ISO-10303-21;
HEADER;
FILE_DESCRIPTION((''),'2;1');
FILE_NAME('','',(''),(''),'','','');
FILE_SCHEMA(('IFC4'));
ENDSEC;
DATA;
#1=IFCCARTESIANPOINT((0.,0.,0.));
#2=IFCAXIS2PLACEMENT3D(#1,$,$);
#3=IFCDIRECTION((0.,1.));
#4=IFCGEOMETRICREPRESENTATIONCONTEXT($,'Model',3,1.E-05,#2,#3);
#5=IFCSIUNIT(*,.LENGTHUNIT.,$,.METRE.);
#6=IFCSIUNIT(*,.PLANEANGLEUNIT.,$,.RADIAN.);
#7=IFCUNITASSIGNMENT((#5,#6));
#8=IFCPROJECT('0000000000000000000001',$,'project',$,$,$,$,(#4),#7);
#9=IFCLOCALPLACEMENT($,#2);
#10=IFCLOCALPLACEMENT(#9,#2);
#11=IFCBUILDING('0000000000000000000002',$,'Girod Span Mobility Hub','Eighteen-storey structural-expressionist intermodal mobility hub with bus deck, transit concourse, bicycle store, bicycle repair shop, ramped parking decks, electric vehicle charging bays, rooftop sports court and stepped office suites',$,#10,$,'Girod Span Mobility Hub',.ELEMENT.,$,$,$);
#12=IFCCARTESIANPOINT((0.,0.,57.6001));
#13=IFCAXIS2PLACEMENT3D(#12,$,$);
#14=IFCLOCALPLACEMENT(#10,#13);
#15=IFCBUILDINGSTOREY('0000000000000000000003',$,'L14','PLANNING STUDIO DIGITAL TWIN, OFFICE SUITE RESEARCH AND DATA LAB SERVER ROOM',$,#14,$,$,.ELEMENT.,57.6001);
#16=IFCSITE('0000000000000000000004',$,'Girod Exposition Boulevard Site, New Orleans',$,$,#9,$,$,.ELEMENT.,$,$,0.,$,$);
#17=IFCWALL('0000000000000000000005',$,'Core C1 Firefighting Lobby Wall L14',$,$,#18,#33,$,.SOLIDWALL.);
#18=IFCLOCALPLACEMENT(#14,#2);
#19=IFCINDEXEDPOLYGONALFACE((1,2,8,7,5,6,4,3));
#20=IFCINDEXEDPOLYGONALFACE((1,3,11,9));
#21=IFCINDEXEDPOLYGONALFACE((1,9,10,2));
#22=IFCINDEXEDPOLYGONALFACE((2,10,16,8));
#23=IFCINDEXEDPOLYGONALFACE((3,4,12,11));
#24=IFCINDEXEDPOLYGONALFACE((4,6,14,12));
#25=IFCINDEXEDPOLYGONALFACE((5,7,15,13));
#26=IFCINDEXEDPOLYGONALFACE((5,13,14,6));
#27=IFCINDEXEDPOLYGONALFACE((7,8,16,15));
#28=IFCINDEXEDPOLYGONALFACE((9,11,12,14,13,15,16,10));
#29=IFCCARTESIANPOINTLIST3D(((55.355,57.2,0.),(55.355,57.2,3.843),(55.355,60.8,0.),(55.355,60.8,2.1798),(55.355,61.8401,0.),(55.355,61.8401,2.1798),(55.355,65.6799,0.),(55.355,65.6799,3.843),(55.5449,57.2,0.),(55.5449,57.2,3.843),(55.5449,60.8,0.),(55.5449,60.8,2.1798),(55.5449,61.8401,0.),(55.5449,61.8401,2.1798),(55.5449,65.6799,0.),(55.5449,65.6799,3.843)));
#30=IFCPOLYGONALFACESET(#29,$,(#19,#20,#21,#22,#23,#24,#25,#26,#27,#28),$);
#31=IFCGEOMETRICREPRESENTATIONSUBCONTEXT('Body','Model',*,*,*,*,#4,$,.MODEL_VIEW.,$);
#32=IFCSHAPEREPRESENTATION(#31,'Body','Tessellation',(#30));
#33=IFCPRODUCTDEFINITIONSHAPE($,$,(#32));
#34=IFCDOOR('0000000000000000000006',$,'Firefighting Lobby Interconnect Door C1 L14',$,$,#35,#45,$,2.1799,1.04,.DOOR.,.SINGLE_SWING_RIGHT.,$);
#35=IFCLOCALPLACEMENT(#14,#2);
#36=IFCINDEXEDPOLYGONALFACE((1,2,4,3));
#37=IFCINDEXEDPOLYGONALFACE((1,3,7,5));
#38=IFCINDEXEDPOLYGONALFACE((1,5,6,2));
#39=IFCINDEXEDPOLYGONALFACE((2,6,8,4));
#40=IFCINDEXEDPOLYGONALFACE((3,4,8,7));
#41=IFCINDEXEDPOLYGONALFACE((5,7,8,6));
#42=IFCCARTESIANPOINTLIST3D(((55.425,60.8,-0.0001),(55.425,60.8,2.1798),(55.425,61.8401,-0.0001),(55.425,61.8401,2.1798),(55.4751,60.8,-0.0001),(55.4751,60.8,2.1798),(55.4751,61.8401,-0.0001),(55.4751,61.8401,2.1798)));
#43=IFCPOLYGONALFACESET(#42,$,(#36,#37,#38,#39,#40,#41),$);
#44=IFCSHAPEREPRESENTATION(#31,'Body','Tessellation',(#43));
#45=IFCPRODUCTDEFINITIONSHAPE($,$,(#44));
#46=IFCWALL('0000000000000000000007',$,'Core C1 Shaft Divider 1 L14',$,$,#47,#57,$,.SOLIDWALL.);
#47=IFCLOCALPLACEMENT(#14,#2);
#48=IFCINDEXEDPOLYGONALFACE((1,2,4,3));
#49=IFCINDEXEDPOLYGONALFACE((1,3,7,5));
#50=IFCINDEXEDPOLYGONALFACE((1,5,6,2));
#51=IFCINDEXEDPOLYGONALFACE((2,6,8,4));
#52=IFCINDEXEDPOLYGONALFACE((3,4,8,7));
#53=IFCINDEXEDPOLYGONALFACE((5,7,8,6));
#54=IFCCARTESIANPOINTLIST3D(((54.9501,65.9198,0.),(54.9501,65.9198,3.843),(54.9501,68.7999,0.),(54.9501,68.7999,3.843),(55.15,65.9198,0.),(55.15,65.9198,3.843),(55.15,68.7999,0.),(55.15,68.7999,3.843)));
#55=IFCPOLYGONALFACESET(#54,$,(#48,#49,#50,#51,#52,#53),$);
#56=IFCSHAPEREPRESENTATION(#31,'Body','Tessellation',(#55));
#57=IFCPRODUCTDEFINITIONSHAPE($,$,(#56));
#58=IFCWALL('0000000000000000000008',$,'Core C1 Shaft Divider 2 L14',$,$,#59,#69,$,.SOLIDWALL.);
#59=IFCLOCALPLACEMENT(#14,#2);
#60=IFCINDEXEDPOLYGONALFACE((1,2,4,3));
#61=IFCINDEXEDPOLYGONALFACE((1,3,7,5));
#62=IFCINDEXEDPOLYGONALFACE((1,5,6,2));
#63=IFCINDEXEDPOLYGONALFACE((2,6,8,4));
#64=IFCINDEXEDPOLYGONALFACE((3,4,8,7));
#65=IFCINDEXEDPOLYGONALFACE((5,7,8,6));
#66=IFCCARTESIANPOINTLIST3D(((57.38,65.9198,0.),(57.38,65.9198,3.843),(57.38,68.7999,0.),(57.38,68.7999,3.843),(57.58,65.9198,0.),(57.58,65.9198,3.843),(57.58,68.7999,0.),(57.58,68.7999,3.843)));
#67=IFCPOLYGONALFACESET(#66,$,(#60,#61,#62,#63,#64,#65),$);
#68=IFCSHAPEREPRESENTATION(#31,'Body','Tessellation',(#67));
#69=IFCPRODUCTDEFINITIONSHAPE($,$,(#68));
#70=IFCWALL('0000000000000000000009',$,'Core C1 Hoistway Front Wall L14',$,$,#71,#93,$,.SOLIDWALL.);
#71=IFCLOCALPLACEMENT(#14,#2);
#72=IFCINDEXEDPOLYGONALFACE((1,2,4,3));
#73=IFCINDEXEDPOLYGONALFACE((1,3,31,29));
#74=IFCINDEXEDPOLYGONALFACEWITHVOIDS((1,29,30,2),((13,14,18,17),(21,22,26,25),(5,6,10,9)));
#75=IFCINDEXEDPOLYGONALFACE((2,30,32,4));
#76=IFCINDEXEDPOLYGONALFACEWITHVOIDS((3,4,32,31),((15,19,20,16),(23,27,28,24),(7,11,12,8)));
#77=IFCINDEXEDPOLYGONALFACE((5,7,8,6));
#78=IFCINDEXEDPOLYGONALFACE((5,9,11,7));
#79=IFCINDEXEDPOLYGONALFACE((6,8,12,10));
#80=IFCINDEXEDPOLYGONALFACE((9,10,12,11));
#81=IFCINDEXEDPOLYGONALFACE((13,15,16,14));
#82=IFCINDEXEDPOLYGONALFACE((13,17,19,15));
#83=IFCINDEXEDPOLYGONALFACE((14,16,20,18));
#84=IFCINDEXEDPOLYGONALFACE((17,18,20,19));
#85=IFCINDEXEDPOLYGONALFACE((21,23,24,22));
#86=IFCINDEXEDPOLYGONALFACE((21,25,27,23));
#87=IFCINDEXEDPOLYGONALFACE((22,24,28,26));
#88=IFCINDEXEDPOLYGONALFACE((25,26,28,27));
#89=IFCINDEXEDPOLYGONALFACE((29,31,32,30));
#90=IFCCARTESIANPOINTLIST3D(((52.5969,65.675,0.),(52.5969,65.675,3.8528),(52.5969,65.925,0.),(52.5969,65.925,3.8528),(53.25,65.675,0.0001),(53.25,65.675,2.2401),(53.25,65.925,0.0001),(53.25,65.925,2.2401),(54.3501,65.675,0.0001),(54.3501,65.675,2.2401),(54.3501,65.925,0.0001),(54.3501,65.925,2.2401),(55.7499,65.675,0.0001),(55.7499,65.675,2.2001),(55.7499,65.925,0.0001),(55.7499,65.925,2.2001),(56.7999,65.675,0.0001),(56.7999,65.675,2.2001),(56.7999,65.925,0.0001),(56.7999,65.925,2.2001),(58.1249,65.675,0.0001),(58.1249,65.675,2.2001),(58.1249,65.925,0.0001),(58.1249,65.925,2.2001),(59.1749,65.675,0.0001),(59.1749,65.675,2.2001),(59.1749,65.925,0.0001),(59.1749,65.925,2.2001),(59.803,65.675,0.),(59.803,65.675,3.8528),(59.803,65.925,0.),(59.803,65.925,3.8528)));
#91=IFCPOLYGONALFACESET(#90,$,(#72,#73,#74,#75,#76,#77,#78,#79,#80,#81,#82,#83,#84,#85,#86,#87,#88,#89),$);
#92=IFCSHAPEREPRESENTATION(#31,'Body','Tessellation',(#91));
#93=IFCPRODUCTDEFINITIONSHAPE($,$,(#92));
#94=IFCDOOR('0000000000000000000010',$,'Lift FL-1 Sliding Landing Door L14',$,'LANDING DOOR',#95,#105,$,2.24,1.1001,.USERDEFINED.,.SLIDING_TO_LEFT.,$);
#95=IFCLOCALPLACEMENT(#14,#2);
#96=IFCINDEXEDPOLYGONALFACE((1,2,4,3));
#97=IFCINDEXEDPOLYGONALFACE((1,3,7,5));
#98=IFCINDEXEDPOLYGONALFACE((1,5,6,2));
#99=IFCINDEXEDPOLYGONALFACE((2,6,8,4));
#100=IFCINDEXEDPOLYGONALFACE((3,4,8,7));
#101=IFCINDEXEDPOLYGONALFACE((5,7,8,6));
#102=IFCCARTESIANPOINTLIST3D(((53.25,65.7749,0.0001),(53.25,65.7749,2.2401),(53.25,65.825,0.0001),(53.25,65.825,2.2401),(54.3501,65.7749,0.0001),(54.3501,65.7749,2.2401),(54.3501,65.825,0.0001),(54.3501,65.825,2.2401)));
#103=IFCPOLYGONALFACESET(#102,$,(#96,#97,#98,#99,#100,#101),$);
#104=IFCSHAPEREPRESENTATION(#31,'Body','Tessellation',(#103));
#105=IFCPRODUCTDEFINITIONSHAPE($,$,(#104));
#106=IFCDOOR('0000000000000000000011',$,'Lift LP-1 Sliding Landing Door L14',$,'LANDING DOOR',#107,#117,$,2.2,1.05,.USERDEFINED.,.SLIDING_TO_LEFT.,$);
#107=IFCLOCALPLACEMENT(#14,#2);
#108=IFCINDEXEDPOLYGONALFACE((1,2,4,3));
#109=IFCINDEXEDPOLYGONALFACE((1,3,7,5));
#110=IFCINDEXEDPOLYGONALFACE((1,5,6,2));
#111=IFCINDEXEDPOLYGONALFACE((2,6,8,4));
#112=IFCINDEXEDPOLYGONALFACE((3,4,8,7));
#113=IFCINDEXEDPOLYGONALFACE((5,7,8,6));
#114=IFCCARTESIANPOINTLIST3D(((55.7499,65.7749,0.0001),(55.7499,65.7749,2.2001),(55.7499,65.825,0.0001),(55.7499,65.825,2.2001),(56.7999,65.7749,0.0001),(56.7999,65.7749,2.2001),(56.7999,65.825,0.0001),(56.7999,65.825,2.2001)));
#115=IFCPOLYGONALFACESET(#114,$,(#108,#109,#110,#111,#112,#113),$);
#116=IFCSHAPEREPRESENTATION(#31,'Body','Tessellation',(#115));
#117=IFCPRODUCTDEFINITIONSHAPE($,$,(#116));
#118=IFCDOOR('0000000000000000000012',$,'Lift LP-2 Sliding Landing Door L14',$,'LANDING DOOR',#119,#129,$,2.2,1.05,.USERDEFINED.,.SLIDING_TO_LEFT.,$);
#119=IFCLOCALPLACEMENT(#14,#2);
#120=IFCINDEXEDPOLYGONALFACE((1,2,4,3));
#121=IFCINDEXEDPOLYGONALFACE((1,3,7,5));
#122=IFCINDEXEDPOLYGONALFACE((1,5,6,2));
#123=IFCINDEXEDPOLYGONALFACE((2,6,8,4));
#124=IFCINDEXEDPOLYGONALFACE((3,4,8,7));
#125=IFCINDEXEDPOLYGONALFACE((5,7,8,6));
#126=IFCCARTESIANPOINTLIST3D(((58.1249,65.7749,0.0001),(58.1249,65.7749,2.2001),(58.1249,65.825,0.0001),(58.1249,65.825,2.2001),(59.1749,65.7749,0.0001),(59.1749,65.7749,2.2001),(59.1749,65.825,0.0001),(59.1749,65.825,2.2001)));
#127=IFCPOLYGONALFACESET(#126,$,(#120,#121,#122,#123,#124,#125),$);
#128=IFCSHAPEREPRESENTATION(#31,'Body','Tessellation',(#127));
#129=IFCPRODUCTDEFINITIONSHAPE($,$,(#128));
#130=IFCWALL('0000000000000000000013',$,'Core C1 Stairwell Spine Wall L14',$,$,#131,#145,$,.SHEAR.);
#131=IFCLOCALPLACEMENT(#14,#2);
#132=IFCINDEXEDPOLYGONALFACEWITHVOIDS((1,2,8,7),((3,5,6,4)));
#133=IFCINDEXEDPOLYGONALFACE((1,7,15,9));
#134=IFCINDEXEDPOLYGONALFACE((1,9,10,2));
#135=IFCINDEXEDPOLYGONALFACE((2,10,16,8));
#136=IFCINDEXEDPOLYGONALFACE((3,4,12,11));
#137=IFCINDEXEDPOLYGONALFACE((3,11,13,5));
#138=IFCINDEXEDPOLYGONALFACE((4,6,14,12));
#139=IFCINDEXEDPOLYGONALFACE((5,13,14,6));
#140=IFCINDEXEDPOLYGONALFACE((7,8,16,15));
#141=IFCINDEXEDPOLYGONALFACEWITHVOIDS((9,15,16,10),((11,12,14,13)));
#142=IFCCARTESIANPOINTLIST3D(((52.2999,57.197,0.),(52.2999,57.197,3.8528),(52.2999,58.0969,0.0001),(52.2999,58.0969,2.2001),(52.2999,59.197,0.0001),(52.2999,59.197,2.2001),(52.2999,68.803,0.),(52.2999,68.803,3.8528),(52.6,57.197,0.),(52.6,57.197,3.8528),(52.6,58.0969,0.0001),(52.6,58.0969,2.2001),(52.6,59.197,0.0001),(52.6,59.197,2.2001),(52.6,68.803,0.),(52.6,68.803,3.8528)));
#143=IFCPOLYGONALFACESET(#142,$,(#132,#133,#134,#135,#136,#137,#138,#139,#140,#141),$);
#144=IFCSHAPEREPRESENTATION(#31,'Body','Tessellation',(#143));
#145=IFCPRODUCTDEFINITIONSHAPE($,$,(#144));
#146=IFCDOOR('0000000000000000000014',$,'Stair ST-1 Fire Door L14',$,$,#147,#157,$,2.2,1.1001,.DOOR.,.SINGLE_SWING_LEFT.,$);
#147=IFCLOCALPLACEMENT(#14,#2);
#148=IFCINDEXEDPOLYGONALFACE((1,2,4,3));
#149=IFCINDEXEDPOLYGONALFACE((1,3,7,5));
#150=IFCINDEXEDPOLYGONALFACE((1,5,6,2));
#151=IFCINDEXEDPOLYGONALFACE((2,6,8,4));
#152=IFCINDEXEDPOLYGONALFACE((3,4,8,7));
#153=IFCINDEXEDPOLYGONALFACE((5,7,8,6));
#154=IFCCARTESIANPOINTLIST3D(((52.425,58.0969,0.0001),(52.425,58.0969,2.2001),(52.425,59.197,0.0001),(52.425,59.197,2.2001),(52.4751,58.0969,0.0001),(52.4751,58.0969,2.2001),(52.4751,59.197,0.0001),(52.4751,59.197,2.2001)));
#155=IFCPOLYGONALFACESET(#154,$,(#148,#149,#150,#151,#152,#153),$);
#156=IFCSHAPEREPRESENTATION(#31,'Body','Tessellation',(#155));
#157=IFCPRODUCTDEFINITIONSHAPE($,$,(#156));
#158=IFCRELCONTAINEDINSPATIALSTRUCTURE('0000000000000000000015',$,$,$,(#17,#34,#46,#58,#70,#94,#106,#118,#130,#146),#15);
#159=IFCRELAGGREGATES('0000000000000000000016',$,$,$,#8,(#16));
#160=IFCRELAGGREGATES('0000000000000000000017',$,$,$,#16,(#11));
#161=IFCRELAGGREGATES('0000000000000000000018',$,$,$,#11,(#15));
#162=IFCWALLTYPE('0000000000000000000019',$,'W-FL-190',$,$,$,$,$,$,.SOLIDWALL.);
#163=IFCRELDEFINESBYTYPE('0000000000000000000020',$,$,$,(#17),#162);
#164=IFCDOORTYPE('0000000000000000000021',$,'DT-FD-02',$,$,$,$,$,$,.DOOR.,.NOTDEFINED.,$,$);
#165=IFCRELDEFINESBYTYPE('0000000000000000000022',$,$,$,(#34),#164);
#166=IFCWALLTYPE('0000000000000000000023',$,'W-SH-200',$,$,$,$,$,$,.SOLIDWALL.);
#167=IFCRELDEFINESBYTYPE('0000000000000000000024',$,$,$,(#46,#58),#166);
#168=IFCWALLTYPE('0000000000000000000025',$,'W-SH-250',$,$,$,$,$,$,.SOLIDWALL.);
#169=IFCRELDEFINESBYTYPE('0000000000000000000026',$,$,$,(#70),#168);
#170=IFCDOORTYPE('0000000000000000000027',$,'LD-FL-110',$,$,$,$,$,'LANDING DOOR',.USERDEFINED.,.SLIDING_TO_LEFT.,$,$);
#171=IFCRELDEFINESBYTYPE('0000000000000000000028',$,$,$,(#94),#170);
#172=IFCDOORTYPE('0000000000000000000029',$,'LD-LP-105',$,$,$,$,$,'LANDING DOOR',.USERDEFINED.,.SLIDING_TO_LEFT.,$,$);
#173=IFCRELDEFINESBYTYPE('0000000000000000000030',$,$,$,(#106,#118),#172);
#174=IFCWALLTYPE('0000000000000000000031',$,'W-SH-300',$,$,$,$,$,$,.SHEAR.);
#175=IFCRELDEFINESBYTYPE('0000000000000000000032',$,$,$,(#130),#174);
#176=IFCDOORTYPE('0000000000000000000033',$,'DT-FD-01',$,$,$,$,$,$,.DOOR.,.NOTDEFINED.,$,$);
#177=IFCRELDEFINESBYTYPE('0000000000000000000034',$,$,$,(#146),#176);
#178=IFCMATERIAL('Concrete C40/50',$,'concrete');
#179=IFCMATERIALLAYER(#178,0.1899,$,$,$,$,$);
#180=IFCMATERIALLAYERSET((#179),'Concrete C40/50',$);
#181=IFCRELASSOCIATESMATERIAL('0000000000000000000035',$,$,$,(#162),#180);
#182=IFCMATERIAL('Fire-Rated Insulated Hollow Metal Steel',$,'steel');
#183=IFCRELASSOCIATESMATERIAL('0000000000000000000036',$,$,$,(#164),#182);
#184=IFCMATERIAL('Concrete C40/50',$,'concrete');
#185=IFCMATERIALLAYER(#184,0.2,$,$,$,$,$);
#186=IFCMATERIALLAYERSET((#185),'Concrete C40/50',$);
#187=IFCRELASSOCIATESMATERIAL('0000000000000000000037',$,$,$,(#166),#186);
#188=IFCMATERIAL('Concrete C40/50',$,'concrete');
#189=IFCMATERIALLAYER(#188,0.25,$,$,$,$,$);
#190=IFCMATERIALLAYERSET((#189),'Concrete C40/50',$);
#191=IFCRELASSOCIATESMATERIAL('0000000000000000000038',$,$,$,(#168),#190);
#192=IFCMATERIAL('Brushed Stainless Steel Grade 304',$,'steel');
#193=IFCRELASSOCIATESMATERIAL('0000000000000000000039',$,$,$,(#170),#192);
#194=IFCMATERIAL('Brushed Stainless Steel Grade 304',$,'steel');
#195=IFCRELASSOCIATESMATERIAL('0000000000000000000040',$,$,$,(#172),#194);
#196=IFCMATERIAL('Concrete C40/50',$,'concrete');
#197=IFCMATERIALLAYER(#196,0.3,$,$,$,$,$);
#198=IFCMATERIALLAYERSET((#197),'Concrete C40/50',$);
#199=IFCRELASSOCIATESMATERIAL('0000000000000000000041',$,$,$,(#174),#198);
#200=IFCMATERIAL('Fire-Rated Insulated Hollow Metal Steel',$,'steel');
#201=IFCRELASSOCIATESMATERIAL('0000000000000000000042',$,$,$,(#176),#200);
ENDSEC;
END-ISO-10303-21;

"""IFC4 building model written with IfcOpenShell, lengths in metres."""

from ifc_helpers import new_model, si_unit, direction, frame, frame_2d, origin, place, context, subcontext, project, spatial, rectangle, extrude, material, layer, layer_set, type_object, element, fill, save


model = new_model("IFC4")

# Units and contexts
model_context = context("Model", 3, precision=1e-05, world=origin(), true_north=direction((0.0, 1.0)))
body_context = subcontext(model_context, "Body", "Model", "MODEL_VIEW")
ifc_project = project(units=[si_unit("LENGTHUNIT", "METRE"), si_unit("PLANEANGLEUNIT", "RADIAN")], contexts=[model_context])

# Site, building, storey
site_placement = place(None, origin())
site = spatial("IfcSite", under=ifc_project, at=site_placement, Name="Girod Exposition Boulevard Site, New Orleans", CompositionType="ELEMENT", RefElevation=0.0)
building_placement = place(site_placement, origin())
building = spatial("IfcBuilding", under=site, at=building_placement, Name="Girod Span Mobility Hub", Description="Eighteen-storey structural-expressionist intermodal mobility hub with bus deck, transit concourse, bicycle store, bicycle repair shop, ramped parking decks, electric vehicle charging bays, rooftop sports court and stepped office suites", LongName="Girod Span Mobility Hub", CompositionType="ELEMENT")
storey_placement = place(building_placement, frame((0.0, 0.0, 57.6001)))
storey = spatial("IfcBuildingStorey", under=building, at=storey_placement, Name="L14", Description="PLANNING STUDIO DIGITAL TWIN, OFFICE SUITE RESEARCH AND DATA LAB SERVER ROOM", CompositionType="ELEMENT", Elevation=57.6001)

# Wall, opening, door
ifc_material_1 = material(Name="Concrete C40/50", Category="concrete")
ifc_layer_1 = layer(ifc_material_1, 0.1899)
ifc_layer_set_1 = layer_set([ifc_layer_1], Name="Concrete C40/50")
wall_type_1 = type_object("IfcWallType", Name="W-FL-190", PredefinedType="SOLIDWALL", material=ifc_layer_set_1)
wall_1_placement = place(storey_placement, frame((55.45, 57.2, 0.0), z_axis=(0.0, 0.0, 1.0), x_axis=(0.0, 1.0, 0.0)))
wall_1 = element("IfcWall", 1, at=wall_1_placement, inside=storey, type_object=wall_type_1, Name="Core C1 Firefighting Lobby Wall L14", PredefinedType="SOLIDWALL", context=body_context, shape_type="SweptSolid", body=[
    extrude(rectangle(XDim=8.48, YDim=0.1899, at=frame_2d((4.24, 0.0))), origin(), (0.0, 0.0, 1.0), 3.843),
])
opening_1_placement = place(wall_1_placement, frame((3.6001, 0.0, 0.0)))
opening_1 = element("IfcOpeningElement", 2, at=opening_1_placement, cuts=wall_1, PredefinedType="OPENING", context=body_context, shape_type="SweptSolid", body=[
    extrude(rectangle(XDim=1.04, YDim=2.1799, at=frame_2d((0.52, 1.0898))), frame((0.0, 0.1099, 0.0), z_axis=(0.0, -1.0, 0.0), x_axis=(1.0, 0.0, 0.0)), (0.0, 0.0, 1.0), 0.22),
])
ifc_material_2 = material(Name="Fire-Rated Insulated Hollow Metal Steel", Category="steel")
door_type_1 = type_object("IfcDoorType", Name="DT-FD-02", OperationType="NOTDEFINED", PredefinedType="DOOR", material=ifc_material_2)
door_1_placement = place(opening_1_placement, origin())
door_1 = element("IfcDoor", 3, at=door_1_placement, inside=storey, type_object=door_type_1, Name="Firefighting Lobby Interconnect Door C1 L14", OperationType="SINGLE_SWING_RIGHT", OverallHeight=2.1799, OverallWidth=1.04, PredefinedType="DOOR", context=body_context, shape_type="SweptSolid", body=[
    extrude(rectangle(XDim=1.04, YDim=2.1799, at=frame_2d((0.52, 1.0898))), frame((0.0, 0.0249, 0.0), z_axis=(0.0, -1.0, 0.0), x_axis=(1.0, 0.0, 0.0)), (0.0, 0.0, 1.0), 0.05),
])
fill(opening_1, door_1)

# Walls
ifc_material_3 = material(Name="Concrete C40/50", Category="concrete")
ifc_layer_2 = layer(ifc_material_3, 0.2)
ifc_layer_set_2 = layer_set([ifc_layer_2], Name="Concrete C40/50")
wall_type_2 = type_object("IfcWallType", Name="W-SH-200", PredefinedType="SOLIDWALL", material=ifc_layer_set_2)
for number, where, z_axis, x_axis, name in (
    (4, (55.05, 65.9199, 0.0), (0.0, 0.0, 1.0), (0.0, 1.0, 0.0), "Core C1 Shaft Divider 1 L14"),
    (5, (57.48, 65.9199, 0.0), (0.0, 0.0, 1.0), (0.0, 1.0, 0.0), "Core C1 Shaft Divider 2 L14"),
):
    element("IfcWall", number, at=place(storey_placement, frame(where, z_axis=z_axis, x_axis=x_axis)), inside=storey, type_object=wall_type_2, Name=name, PredefinedType="SOLIDWALL", context=body_context, shape_type="SweptSolid", body=[
        extrude(rectangle(XDim=2.8801, YDim=0.2, at=frame_2d((1.4399, 0.0))), origin(), (0.0, 0.0, 1.0), 3.843),
    ])

# Wall, openings, doors
ifc_material_4 = material(Name="Concrete C40/50", Category="concrete")
ifc_layer_3 = layer(ifc_material_4, 0.25)
ifc_layer_set_3 = layer_set([ifc_layer_3], Name="Concrete C40/50")
wall_type_3 = type_object("IfcWallType", Name="W-SH-250", PredefinedType="SOLIDWALL", material=ifc_layer_set_3)
wall_2_placement = place(storey_placement, frame((52.5969, 65.8, 0.0), z_axis=(0.0, 0.0, 1.0), x_axis=(1.0, 0.0, 0.0)))
wall_2 = element("IfcWall", 6, at=wall_2_placement, inside=storey, type_object=wall_type_3, Name="Core C1 Hoistway Front Wall L14", PredefinedType="SOLIDWALL", context=body_context, shape_type="SweptSolid", body=[
    extrude(rectangle(XDim=7.2061, YDim=0.25, at=frame_2d((3.603, 0.0))), origin(), (0.0, 0.0, 1.0), 3.8528),
])
opening_2_placement = place(wall_2_placement, frame((0.6531, 0.0, 0.0)))
opening_2 = element("IfcOpeningElement", 7, at=opening_2_placement, cuts=wall_2, PredefinedType="OPENING", context=body_context, shape_type="SweptSolid", body=[
    extrude(rectangle(XDim=1.1001, YDim=2.24, at=frame_2d((0.55, 1.1201))), frame((0.0, 0.1399, 0.0), z_axis=(0.0, -1.0, 0.0), x_axis=(1.0, 0.0, 0.0)), (0.0, 0.0, 1.0), 0.28),
])
opening_3_placement = place(wall_2_placement, frame((3.1531, 0.0, 0.0)))
opening_3 = element("IfcOpeningElement", 8, at=opening_3_placement, cuts=wall_2, PredefinedType="OPENING", context=body_context, shape_type="SweptSolid", body=[
    extrude(rectangle(XDim=1.05, YDim=2.2, at=frame_2d((0.5249, 1.1001))), frame((0.0, 0.1399, 0.0), z_axis=(0.0, -1.0, 0.0), x_axis=(1.0, 0.0, 0.0)), (0.0, 0.0, 1.0), 0.28),
])
opening_4_placement = place(wall_2_placement, frame((5.5281, 0.0, 0.0)))
opening_4 = element("IfcOpeningElement", 9, at=opening_4_placement, cuts=wall_2, PredefinedType="OPENING", context=body_context, shape_type="SweptSolid", body=[
    extrude(rectangle(XDim=1.05, YDim=2.2, at=frame_2d((0.5249, 1.1001))), frame((0.0, 0.1399, 0.0), z_axis=(0.0, -1.0, 0.0), x_axis=(1.0, 0.0, 0.0)), (0.0, 0.0, 1.0), 0.28),
])
ifc_material_5 = material(Name="Brushed Stainless Steel Grade 304", Category="steel")
door_type_2 = type_object("IfcDoorType", Name="LD-FL-110", ElementType="LANDING DOOR", OperationType="SLIDING_TO_LEFT", PredefinedType="USERDEFINED", material=ifc_material_5)
door_2_placement = place(opening_2_placement, origin())
door_2 = element("IfcDoor", 10, at=door_2_placement, inside=storey, type_object=door_type_2, Name="Lift FL-1 Sliding Landing Door L14", ObjectType="LANDING DOOR", OperationType="SLIDING_TO_LEFT", OverallHeight=2.24, OverallWidth=1.1001, PredefinedType="USERDEFINED", context=body_context, shape_type="SweptSolid", body=[
    extrude(rectangle(XDim=1.1001, YDim=2.24, at=frame_2d((0.55, 1.1201))), frame((0.0, 0.0249, 0.0), z_axis=(0.0, -1.0, 0.0), x_axis=(1.0, 0.0, 0.0)), (0.0, 0.0, 1.0), 0.05),
])
fill(opening_2, door_2)
ifc_material_6 = material(Name="Brushed Stainless Steel Grade 304", Category="steel")
door_type_3 = type_object("IfcDoorType", Name="LD-LP-105", ElementType="LANDING DOOR", OperationType="SLIDING_TO_LEFT", PredefinedType="USERDEFINED", material=ifc_material_6)
door_3_placement = place(opening_3_placement, origin())
door_3 = element("IfcDoor", 11, at=door_3_placement, inside=storey, type_object=door_type_3, Name="Lift LP-1 Sliding Landing Door L14", ObjectType="LANDING DOOR", OperationType="SLIDING_TO_LEFT", OverallHeight=2.2, OverallWidth=1.05, PredefinedType="USERDEFINED", context=body_context, shape_type="SweptSolid", body=[
    extrude(rectangle(XDim=1.05, YDim=2.2, at=frame_2d((0.5249, 1.1001))), frame((0.0, 0.0249, 0.0), z_axis=(0.0, -1.0, 0.0), x_axis=(1.0, 0.0, 0.0)), (0.0, 0.0, 1.0), 0.05),
])
fill(opening_3, door_3)
door_4_placement = place(opening_4_placement, origin())
door_4 = element("IfcDoor", 12, at=door_4_placement, inside=storey, type_object=door_type_3, Name="Lift LP-2 Sliding Landing Door L14", ObjectType="LANDING DOOR", OperationType="SLIDING_TO_LEFT", OverallHeight=2.2, OverallWidth=1.05, PredefinedType="USERDEFINED", context=body_context, shape_type="SweptSolid", body=[
    extrude(rectangle(XDim=1.05, YDim=2.2, at=frame_2d((0.5249, 1.1001))), frame((0.0, 0.0249, 0.0), z_axis=(0.0, -1.0, 0.0), x_axis=(1.0, 0.0, 0.0)), (0.0, 0.0, 1.0), 0.05),
])
fill(opening_4, door_4)

# Wall, opening, door
ifc_material_7 = material(Name="Concrete C40/50", Category="concrete")
ifc_layer_4 = layer(ifc_material_7, 0.3)
ifc_layer_set_4 = layer_set([ifc_layer_4], Name="Concrete C40/50")
wall_type_4 = type_object("IfcWallType", Name="W-SH-300", PredefinedType="SHEAR", material=ifc_layer_set_4)
wall_3_placement = place(storey_placement, frame((52.45, 57.197, 0.0), z_axis=(0.0, 0.0, 1.0), x_axis=(0.0, 1.0, 0.0)))
wall_3 = element("IfcWall", 13, at=wall_3_placement, inside=storey, type_object=wall_type_4, Name="Core C1 Stairwell Spine Wall L14", PredefinedType="SHEAR", context=body_context, shape_type="SweptSolid", body=[
    extrude(rectangle(XDim=11.606, YDim=0.3, at=frame_2d((5.803, 0.0))), origin(), (0.0, 0.0, 1.0), 3.8528),
])
opening_5_placement = place(wall_3_placement, frame((0.8999, 0.0, 0.0)))
opening_5 = element("IfcOpeningElement", 14, at=opening_5_placement, cuts=wall_3, PredefinedType="OPENING", context=body_context, shape_type="SweptSolid", body=[
    extrude(rectangle(XDim=1.1001, YDim=2.2, at=frame_2d((0.55, 1.1001))), frame((0.0, 0.165, 0.0), z_axis=(0.0, -1.0, 0.0), x_axis=(1.0, 0.0, 0.0)), (0.0, 0.0, 1.0), 0.3301),
])
ifc_material_8 = material(Name="Fire-Rated Insulated Hollow Metal Steel", Category="steel")
door_type_4 = type_object("IfcDoorType", Name="DT-FD-01", OperationType="NOTDEFINED", PredefinedType="DOOR", material=ifc_material_8)
door_5_placement = place(opening_5_placement, origin())
door_5 = element("IfcDoor", 15, at=door_5_placement, inside=storey, type_object=door_type_4, Name="Stair ST-1 Fire Door L14", OperationType="SINGLE_SWING_LEFT", OverallHeight=2.2, OverallWidth=1.1001, PredefinedType="DOOR", context=body_context, shape_type="SweptSolid", body=[
    extrude(rectangle(XDim=1.1001, YDim=2.2, at=frame_2d((0.55, 1.1001))), frame((0.0, 0.0249, 0.0), z_axis=(0.0, -1.0, 0.0), x_axis=(1.0, 0.0, 0.0)), (0.0, 0.0, 1.0), 0.05),
])
fill(opening_5, door_5)

save(model, "model.ifc")
